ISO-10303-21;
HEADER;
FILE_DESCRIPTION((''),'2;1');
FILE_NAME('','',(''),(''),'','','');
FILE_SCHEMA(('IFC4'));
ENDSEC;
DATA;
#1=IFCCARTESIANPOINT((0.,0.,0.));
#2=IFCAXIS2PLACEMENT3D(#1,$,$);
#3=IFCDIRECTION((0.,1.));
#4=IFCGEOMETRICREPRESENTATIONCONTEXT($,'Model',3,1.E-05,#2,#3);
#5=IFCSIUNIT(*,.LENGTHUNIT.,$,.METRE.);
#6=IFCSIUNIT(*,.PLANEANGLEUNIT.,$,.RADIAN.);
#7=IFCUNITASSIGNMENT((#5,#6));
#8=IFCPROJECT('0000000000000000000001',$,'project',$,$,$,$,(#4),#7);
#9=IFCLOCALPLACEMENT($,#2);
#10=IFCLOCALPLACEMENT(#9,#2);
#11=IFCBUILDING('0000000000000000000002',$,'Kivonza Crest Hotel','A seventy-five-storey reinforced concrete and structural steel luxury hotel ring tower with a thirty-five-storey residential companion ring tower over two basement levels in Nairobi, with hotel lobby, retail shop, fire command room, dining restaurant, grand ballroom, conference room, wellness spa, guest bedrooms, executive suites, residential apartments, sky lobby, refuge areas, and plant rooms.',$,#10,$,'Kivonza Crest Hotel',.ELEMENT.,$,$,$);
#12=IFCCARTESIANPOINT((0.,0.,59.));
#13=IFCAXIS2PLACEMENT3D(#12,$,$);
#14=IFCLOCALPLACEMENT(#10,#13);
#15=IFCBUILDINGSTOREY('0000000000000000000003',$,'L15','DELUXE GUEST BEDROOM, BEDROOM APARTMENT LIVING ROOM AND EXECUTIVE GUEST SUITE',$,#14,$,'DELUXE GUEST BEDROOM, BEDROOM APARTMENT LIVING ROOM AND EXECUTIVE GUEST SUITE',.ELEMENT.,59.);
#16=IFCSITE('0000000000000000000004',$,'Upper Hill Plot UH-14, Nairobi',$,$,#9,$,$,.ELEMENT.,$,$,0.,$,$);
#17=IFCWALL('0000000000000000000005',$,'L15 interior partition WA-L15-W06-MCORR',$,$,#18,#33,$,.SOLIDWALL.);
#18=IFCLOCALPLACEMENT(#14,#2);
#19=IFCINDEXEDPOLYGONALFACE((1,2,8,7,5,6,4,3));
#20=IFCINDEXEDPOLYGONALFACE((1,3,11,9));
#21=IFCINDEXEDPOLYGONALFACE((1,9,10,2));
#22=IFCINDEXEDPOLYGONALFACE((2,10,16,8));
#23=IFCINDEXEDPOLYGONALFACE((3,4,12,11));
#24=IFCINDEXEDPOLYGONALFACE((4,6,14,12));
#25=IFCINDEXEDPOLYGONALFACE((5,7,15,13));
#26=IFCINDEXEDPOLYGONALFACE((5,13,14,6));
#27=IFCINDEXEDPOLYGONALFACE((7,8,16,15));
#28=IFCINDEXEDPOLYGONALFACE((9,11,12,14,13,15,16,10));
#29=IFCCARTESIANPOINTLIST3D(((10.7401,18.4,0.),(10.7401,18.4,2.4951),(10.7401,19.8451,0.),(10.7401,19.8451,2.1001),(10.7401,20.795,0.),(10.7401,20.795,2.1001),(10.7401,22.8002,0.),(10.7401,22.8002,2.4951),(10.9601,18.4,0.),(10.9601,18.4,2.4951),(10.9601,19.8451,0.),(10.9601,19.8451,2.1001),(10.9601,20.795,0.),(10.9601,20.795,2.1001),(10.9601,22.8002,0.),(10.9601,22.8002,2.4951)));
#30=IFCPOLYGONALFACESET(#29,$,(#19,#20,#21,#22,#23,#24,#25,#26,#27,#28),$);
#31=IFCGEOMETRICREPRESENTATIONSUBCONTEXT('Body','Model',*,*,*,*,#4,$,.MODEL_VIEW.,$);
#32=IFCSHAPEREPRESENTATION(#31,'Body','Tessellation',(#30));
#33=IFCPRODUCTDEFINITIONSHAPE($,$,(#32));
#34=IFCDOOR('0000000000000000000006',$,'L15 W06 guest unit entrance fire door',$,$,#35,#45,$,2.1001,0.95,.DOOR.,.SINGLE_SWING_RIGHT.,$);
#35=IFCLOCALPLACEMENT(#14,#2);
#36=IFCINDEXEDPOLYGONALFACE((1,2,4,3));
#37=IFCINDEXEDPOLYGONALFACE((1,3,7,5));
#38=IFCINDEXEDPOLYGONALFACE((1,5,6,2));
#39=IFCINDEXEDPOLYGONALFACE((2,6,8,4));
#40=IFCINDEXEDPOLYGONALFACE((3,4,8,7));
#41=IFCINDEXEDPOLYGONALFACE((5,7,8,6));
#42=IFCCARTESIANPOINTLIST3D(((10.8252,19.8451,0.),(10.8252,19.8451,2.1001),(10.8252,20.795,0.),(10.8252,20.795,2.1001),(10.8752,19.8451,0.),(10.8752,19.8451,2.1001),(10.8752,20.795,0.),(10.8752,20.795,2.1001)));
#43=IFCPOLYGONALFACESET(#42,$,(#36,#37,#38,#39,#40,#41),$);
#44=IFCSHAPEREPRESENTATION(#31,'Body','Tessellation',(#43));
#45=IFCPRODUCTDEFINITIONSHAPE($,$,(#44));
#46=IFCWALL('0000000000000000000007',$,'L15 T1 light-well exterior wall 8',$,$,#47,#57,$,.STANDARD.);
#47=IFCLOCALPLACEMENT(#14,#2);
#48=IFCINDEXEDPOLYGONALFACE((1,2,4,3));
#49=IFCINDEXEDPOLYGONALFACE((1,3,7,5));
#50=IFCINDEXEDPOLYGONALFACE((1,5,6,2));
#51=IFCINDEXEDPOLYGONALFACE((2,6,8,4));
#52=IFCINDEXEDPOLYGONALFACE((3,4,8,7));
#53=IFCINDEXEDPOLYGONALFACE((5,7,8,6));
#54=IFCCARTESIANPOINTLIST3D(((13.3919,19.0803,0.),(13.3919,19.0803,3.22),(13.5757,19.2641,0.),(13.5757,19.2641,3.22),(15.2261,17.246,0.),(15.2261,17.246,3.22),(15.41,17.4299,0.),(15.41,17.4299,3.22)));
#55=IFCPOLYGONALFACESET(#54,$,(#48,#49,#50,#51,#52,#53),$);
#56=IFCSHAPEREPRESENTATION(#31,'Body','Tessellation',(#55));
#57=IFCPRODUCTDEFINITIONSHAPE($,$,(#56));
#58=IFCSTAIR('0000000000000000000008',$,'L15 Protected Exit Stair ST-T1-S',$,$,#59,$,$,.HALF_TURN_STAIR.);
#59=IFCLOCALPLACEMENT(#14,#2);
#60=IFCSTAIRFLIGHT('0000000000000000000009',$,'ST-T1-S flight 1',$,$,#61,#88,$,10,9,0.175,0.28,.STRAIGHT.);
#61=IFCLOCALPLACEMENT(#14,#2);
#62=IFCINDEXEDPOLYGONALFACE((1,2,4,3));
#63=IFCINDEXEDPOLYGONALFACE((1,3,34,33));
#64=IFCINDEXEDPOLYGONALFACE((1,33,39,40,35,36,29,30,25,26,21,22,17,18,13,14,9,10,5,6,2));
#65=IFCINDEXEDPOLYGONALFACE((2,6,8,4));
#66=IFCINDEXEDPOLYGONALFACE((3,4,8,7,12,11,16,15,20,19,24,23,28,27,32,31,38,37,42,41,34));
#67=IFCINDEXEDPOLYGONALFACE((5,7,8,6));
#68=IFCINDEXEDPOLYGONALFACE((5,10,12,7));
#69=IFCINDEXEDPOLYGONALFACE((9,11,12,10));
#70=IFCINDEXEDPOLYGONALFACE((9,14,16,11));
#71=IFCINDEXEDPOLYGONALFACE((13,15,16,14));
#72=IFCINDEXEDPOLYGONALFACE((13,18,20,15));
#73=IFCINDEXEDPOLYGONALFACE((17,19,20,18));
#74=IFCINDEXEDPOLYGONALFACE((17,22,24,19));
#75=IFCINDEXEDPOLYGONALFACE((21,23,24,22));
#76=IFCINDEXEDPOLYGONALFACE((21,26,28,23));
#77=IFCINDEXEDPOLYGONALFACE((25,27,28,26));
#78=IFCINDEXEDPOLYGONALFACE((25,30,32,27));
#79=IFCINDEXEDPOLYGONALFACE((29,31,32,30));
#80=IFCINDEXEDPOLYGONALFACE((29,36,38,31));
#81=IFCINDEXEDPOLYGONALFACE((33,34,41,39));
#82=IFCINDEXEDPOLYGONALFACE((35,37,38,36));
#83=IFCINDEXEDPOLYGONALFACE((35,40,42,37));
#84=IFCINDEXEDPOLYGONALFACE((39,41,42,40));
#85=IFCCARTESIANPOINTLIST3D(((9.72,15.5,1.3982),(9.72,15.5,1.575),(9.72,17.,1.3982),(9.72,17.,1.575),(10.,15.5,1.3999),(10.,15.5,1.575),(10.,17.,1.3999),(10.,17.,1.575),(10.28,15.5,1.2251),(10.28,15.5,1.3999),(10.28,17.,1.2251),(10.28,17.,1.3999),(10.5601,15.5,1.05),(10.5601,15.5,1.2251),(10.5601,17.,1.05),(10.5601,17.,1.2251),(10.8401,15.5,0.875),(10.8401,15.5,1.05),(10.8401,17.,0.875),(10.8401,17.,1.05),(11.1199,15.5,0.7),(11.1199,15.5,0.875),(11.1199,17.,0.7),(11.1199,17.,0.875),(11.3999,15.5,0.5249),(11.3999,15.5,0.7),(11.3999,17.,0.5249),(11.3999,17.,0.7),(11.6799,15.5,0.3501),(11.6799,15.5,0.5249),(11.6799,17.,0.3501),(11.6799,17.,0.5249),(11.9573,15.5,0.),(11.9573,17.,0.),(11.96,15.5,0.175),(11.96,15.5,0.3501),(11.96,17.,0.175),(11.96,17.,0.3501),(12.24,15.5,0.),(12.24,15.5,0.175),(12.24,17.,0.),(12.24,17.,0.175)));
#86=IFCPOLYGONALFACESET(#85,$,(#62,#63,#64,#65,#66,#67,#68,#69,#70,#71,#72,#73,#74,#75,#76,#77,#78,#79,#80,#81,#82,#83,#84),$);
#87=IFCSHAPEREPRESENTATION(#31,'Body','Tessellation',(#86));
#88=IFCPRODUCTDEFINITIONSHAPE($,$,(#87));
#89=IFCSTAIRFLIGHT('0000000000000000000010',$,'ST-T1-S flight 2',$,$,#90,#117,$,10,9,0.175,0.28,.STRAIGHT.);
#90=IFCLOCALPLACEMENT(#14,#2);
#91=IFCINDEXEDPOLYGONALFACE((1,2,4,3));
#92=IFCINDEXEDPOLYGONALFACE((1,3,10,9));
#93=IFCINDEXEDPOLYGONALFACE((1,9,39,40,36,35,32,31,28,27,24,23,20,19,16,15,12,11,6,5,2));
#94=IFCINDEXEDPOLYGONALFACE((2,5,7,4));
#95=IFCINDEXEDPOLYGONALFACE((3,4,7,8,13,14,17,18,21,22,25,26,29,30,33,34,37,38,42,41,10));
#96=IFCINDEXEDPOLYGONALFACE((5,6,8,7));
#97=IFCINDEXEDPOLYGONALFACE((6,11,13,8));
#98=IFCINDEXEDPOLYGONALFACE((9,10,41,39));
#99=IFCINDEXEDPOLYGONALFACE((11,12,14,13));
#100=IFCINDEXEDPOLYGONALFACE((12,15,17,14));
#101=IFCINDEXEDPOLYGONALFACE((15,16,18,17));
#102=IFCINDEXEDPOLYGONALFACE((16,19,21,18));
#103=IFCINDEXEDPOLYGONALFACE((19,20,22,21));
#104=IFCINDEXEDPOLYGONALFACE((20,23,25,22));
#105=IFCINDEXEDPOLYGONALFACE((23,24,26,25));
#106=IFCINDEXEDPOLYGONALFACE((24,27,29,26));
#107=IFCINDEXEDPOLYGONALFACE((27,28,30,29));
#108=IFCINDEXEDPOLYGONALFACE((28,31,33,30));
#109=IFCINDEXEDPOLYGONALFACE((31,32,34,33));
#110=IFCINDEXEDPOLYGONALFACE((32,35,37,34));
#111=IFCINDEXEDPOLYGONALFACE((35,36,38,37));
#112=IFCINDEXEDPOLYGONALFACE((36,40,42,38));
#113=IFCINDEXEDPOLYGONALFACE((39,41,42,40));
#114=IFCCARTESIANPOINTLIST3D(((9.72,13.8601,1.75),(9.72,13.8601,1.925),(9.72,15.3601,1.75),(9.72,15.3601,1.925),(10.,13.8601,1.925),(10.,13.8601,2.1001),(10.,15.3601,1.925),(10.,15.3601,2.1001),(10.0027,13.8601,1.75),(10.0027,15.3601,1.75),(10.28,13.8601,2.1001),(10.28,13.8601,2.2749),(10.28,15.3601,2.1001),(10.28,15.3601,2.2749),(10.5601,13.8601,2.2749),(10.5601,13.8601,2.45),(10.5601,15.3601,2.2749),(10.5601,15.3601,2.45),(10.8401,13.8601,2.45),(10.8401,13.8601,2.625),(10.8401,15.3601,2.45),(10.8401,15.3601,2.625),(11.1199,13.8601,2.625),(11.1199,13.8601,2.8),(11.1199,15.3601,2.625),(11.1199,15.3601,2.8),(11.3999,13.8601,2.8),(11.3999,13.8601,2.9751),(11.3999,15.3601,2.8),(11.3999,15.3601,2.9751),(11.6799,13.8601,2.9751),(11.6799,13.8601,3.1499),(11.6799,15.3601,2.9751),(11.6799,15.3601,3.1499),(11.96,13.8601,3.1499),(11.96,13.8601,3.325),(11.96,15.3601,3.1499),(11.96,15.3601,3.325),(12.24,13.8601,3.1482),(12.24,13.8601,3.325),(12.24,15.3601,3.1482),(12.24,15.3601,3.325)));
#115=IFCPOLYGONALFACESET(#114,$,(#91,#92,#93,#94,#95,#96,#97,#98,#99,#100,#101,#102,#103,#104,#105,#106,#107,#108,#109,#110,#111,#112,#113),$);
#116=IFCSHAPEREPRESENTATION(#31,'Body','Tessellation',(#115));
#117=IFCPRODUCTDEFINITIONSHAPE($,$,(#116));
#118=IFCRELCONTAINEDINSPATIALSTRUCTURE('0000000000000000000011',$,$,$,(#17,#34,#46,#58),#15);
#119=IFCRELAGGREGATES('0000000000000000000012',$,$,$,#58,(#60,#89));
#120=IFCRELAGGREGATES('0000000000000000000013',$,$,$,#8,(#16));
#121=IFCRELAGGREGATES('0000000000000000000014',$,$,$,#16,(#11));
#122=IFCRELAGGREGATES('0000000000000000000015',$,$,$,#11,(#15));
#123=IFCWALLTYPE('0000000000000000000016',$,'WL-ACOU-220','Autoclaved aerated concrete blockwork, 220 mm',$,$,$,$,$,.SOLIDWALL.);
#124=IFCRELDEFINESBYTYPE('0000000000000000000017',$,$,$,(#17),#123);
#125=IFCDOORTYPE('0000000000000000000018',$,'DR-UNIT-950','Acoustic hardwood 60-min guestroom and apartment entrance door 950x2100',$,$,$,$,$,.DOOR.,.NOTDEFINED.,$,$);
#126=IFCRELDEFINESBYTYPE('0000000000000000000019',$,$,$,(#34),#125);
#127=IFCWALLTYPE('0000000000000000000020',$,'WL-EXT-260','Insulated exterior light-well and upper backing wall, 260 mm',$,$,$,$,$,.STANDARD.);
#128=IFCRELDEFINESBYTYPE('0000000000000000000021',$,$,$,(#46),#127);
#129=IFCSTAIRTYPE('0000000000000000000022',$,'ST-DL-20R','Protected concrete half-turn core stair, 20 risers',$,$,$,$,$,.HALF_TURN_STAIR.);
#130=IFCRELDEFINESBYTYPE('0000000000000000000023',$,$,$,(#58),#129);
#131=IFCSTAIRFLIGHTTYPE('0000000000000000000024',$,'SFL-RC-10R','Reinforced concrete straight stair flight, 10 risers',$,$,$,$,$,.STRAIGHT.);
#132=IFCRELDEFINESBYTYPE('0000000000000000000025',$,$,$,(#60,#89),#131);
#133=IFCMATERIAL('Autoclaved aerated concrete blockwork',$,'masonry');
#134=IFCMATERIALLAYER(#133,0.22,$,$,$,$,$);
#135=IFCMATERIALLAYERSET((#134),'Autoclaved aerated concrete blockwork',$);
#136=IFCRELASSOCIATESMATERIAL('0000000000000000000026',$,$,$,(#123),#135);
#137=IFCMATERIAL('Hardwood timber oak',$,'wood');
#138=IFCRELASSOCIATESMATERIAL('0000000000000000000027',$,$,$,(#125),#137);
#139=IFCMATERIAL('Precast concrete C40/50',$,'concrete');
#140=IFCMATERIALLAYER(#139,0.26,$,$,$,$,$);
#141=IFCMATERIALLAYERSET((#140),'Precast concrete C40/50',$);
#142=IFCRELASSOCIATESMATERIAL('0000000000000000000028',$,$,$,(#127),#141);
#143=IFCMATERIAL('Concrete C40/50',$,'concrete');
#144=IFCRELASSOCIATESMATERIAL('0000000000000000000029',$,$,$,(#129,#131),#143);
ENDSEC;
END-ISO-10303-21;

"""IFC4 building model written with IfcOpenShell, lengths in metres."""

from ifc_helpers import new_model, si_unit, direction, frame, frame_2d, origin, place, context, subcontext, project, spatial, polyline, rectangle, outline, extrude, material, layer, layer_set, type_object, element, fill, aggregate, save


model = new_model("IFC4")

# Units and contexts
model_context = context("Model", 3, precision=1e-05, world=origin(), true_north=direction((0.0, 1.0)))
body_context = subcontext(model_context, "Body", "Model", "MODEL_VIEW")
ifc_project = project(units=[si_unit("LENGTHUNIT", "METRE"), si_unit("PLANEANGLEUNIT", "RADIAN")], contexts=[model_context])

# Site, building, storey
site_placement = place(None, origin())
site = spatial("IfcSite", under=ifc_project, at=site_placement, Name="Upper Hill Plot UH-14, Nairobi", CompositionType="ELEMENT", RefElevation=0.0)
building_placement = place(site_placement, origin())
building = spatial("IfcBuilding", under=site, at=building_placement, Name="Kivonza Crest Hotel", Description="A seventy-five-storey reinforced concrete and structural steel luxury hotel ring tower with a thirty-five-storey residential companion ring tower over two basement levels in Nairobi, with hotel lobby, retail shop, fire command room, dining restaurant, grand ballroom, conference room, wellness spa, guest bedrooms, executive suites, residential apartments, sky lobby, refuge areas, and plant rooms.", LongName="Kivonza Crest Hotel", CompositionType="ELEMENT")
storey_placement = place(building_placement, frame((0.0, 0.0, 59.0)))
storey = spatial("IfcBuildingStorey", under=building, at=storey_placement, Name="L15", Description="DELUXE GUEST BEDROOM, BEDROOM APARTMENT LIVING ROOM AND EXECUTIVE GUEST SUITE", LongName="DELUXE GUEST BEDROOM, BEDROOM APARTMENT LIVING ROOM AND EXECUTIVE GUEST SUITE", CompositionType="ELEMENT", Elevation=59.0)

# Shared definitions
ifc_material_1 = material(Name="Autoclaved aerated concrete blockwork", Category="masonry")
ifc_layer_1 = layer(ifc_material_1, 0.22)
ifc_layer_set_1 = layer_set([ifc_layer_1], Name="Autoclaved aerated concrete blockwork")
wall_type_1 = type_object("IfcWallType", Name="WL-ACOU-220", Description="Autoclaved aerated concrete blockwork, 220 mm", PredefinedType="SOLIDWALL", material=ifc_layer_set_1)

# Wall, opening, door
wall_1_placement = place(storey_placement, frame((10.8501, 18.3999, 0.0), z_axis=(0.0, 0.0, 1.0), x_axis=(0.0, 1.0, 0.0)))
wall_1 = element("IfcWall", 1, at=wall_1_placement, inside=storey, type_object=wall_type_1, Name="L15 interior partition WA-L15-W06-MCORR", PredefinedType="SOLIDWALL", context=body_context, shape_type="SweptSolid", body=[
    extrude(rectangle(XDim=4.4001, YDim=0.22, at=frame_2d((2.2002, 0.0))), origin(), (0.0, 0.0, 1.0), 2.4951),
])
opening_1_placement = place(wall_1_placement, frame((1.4451, 0.0, 0.0)))
opening_1 = element("IfcOpeningElement", 2, at=opening_1_placement, cuts=wall_1, PredefinedType="OPENING", context=body_context, shape_type="SweptSolid", body=[
    extrude(rectangle(XDim=0.95, YDim=2.1001, at=frame_2d((0.4751, 1.05))), frame((0.0, 0.1201, 0.0), z_axis=(0.0, -1.0, 0.0), x_axis=(1.0, 0.0, 0.0)), (0.0, 0.0, 1.0), 0.24),
])
ifc_material_2 = material(Name="Hardwood timber oak", Category="wood")
door_type_1 = type_object("IfcDoorType", Name="DR-UNIT-950", Description="Acoustic hardwood 60-min guestroom and apartment entrance door 950x2100", OperationType="NOTDEFINED", PredefinedType="DOOR", material=ifc_material_2)
door_1_placement = place(opening_1_placement, origin())
door_1 = element("IfcDoor", 3, at=door_1_placement, inside=storey, type_object=door_type_1, Name="L15 W06 guest unit entrance fire door", OperationType="SINGLE_SWING_RIGHT", OverallHeight=2.1001, OverallWidth=0.95, PredefinedType="DOOR", context=body_context, shape_type="SweptSolid", body=[
    extrude(rectangle(XDim=0.95, YDim=2.1001, at=frame_2d((0.4751, 1.05))), frame((0.0, 0.0249, 0.0), z_axis=(0.0, -1.0, 0.0), x_axis=(1.0, 0.0, 0.0)), (0.0, 0.0, 1.0), 0.05),
])
fill(opening_1, door_1)

# Wall
ifc_material_3 = material(Name="Precast concrete C40/50", Category="concrete")
ifc_layer_2 = layer(ifc_material_3, 0.26)
ifc_layer_set_2 = layer_set([ifc_layer_2], Name="Precast concrete C40/50")
wall_type_2 = type_object("IfcWallType", Name="WL-EXT-260", Description="Insulated exterior light-well and upper backing wall, 260 mm", PredefinedType="STANDARD", material=ifc_layer_set_2)
wall_2_placement = place(storey_placement, frame((13.4839, 19.1721, 0.0), z_axis=(0.0, 0.0, 1.0), x_axis=(0.707107, -0.707107, 0.0)))
element("IfcWall", 4, at=wall_2_placement, inside=storey, type_object=wall_type_2, Name="L15 T1 light-well exterior wall 8", PredefinedType="STANDARD", context=body_context, shape_type="SweptSolid", body=[
    extrude(rectangle(XDim=2.594, YDim=0.26, at=frame_2d((1.2969, 0.0))), origin(), (0.0, 0.0, 1.0), 3.22),
])

# Stair, stair flights
ifc_material_4 = material(Name="Concrete C40/50", Category="concrete")
stair_type = type_object("IfcStairType", Name="ST-DL-20R", Description="Protected concrete half-turn core stair, 20 risers", PredefinedType="HALF_TURN_STAIR", material=ifc_material_4)
stair_placement = place(storey_placement, origin())
stair = element("IfcStair", 5, at=stair_placement, inside=storey, type_object=stair_type, Name="L15 Protected Exit Stair ST-T1-S", PredefinedType="HALF_TURN_STAIR")
stair_flight_type = type_object("IfcStairFlightType", Name="SFL-RC-10R", Description="Reinforced concrete straight stair flight, 10 risers", PredefinedType="STRAIGHT", material=ifc_material_4)
stair_flight_1_placement = place(storey_placement, frame((12.24, 16.25, 0.0), z_axis=(0.0, 0.0, 1.0), x_axis=(-1.0, 0.0, 0.0)))
stair_flight_1 = element("IfcStairFlight", 6, at=stair_flight_1_placement, type_object=stair_flight_type, Name="ST-T1-S flight 1", NumberOfRisers=10, NumberOfTreads=9, PredefinedType="STRAIGHT", RiserHeight=0.175, TreadLength=0.28, context=body_context, shape_type="SweptSolid", body=[
    extrude(outline(polyline([(0.0, 0.0), (0.0, 0.175), (0.28, 0.175), (0.28, 0.3501), (0.5601, 0.3501), (0.5601, 0.5249), (0.8401, 0.5249), (0.8401, 0.7), (1.1201, 0.7), (1.1201, 0.875), (1.3999, 0.875), (1.3999, 1.05), (1.6799, 1.05), (1.6799, 1.2251), (1.96, 1.2251), (1.96, 1.3999), (2.24, 1.3999), (2.24, 1.575), (2.52, 1.575), (2.52, 1.75), (2.52, 1.3982), (0.2827, 0.0), (0.0, 0.0)])), frame((0.0, 0.75, 0.0), z_axis=(0.0, -1.0, 0.0), x_axis=(1.0, 0.0, 0.0)), (0.0, 0.0, 1.0), 1.5),
])
stair_flight_2_placement = place(storey_placement, frame((9.72, 14.6101, 1.75), z_axis=(0.0, 0.0, 1.0), x_axis=(1.0, 0.0, 0.0)))
stair_flight_2 = element("IfcStairFlight", 7, at=stair_flight_2_placement, type_object=stair_flight_type, Name="ST-T1-S flight 2", NumberOfRisers=10, NumberOfTreads=9, PredefinedType="STRAIGHT", RiserHeight=0.175, TreadLength=0.28, context=body_context, shape_type="SweptSolid", body=[
    extrude(outline(polyline([(0.0, 0.0), (0.0, 0.175), (0.28, 0.175), (0.28, 0.3501), (0.5601, 0.3501), (0.5601, 0.5249), (0.8401, 0.5249), (0.8401, 0.7), (1.1201, 0.7), (1.1201, 0.875), (1.3999, 0.875), (1.3999, 1.05), (1.6799, 1.05), (1.6799, 1.2251), (1.96, 1.2251), (1.96, 1.3999), (2.24, 1.3999), (2.24, 1.575), (2.52, 1.575), (2.52, 1.75), (2.52, 1.3982), (0.2827, 0.0), (0.0, 0.0)])), frame((0.0, 0.75, 0.0), z_axis=(0.0, -1.0, 0.0), x_axis=(1.0, 0.0, 0.0)), (0.0, 0.0, 1.0), 1.5),
])
aggregate(stair, [stair_flight_1, stair_flight_2])

save(model, "model.ifc")
